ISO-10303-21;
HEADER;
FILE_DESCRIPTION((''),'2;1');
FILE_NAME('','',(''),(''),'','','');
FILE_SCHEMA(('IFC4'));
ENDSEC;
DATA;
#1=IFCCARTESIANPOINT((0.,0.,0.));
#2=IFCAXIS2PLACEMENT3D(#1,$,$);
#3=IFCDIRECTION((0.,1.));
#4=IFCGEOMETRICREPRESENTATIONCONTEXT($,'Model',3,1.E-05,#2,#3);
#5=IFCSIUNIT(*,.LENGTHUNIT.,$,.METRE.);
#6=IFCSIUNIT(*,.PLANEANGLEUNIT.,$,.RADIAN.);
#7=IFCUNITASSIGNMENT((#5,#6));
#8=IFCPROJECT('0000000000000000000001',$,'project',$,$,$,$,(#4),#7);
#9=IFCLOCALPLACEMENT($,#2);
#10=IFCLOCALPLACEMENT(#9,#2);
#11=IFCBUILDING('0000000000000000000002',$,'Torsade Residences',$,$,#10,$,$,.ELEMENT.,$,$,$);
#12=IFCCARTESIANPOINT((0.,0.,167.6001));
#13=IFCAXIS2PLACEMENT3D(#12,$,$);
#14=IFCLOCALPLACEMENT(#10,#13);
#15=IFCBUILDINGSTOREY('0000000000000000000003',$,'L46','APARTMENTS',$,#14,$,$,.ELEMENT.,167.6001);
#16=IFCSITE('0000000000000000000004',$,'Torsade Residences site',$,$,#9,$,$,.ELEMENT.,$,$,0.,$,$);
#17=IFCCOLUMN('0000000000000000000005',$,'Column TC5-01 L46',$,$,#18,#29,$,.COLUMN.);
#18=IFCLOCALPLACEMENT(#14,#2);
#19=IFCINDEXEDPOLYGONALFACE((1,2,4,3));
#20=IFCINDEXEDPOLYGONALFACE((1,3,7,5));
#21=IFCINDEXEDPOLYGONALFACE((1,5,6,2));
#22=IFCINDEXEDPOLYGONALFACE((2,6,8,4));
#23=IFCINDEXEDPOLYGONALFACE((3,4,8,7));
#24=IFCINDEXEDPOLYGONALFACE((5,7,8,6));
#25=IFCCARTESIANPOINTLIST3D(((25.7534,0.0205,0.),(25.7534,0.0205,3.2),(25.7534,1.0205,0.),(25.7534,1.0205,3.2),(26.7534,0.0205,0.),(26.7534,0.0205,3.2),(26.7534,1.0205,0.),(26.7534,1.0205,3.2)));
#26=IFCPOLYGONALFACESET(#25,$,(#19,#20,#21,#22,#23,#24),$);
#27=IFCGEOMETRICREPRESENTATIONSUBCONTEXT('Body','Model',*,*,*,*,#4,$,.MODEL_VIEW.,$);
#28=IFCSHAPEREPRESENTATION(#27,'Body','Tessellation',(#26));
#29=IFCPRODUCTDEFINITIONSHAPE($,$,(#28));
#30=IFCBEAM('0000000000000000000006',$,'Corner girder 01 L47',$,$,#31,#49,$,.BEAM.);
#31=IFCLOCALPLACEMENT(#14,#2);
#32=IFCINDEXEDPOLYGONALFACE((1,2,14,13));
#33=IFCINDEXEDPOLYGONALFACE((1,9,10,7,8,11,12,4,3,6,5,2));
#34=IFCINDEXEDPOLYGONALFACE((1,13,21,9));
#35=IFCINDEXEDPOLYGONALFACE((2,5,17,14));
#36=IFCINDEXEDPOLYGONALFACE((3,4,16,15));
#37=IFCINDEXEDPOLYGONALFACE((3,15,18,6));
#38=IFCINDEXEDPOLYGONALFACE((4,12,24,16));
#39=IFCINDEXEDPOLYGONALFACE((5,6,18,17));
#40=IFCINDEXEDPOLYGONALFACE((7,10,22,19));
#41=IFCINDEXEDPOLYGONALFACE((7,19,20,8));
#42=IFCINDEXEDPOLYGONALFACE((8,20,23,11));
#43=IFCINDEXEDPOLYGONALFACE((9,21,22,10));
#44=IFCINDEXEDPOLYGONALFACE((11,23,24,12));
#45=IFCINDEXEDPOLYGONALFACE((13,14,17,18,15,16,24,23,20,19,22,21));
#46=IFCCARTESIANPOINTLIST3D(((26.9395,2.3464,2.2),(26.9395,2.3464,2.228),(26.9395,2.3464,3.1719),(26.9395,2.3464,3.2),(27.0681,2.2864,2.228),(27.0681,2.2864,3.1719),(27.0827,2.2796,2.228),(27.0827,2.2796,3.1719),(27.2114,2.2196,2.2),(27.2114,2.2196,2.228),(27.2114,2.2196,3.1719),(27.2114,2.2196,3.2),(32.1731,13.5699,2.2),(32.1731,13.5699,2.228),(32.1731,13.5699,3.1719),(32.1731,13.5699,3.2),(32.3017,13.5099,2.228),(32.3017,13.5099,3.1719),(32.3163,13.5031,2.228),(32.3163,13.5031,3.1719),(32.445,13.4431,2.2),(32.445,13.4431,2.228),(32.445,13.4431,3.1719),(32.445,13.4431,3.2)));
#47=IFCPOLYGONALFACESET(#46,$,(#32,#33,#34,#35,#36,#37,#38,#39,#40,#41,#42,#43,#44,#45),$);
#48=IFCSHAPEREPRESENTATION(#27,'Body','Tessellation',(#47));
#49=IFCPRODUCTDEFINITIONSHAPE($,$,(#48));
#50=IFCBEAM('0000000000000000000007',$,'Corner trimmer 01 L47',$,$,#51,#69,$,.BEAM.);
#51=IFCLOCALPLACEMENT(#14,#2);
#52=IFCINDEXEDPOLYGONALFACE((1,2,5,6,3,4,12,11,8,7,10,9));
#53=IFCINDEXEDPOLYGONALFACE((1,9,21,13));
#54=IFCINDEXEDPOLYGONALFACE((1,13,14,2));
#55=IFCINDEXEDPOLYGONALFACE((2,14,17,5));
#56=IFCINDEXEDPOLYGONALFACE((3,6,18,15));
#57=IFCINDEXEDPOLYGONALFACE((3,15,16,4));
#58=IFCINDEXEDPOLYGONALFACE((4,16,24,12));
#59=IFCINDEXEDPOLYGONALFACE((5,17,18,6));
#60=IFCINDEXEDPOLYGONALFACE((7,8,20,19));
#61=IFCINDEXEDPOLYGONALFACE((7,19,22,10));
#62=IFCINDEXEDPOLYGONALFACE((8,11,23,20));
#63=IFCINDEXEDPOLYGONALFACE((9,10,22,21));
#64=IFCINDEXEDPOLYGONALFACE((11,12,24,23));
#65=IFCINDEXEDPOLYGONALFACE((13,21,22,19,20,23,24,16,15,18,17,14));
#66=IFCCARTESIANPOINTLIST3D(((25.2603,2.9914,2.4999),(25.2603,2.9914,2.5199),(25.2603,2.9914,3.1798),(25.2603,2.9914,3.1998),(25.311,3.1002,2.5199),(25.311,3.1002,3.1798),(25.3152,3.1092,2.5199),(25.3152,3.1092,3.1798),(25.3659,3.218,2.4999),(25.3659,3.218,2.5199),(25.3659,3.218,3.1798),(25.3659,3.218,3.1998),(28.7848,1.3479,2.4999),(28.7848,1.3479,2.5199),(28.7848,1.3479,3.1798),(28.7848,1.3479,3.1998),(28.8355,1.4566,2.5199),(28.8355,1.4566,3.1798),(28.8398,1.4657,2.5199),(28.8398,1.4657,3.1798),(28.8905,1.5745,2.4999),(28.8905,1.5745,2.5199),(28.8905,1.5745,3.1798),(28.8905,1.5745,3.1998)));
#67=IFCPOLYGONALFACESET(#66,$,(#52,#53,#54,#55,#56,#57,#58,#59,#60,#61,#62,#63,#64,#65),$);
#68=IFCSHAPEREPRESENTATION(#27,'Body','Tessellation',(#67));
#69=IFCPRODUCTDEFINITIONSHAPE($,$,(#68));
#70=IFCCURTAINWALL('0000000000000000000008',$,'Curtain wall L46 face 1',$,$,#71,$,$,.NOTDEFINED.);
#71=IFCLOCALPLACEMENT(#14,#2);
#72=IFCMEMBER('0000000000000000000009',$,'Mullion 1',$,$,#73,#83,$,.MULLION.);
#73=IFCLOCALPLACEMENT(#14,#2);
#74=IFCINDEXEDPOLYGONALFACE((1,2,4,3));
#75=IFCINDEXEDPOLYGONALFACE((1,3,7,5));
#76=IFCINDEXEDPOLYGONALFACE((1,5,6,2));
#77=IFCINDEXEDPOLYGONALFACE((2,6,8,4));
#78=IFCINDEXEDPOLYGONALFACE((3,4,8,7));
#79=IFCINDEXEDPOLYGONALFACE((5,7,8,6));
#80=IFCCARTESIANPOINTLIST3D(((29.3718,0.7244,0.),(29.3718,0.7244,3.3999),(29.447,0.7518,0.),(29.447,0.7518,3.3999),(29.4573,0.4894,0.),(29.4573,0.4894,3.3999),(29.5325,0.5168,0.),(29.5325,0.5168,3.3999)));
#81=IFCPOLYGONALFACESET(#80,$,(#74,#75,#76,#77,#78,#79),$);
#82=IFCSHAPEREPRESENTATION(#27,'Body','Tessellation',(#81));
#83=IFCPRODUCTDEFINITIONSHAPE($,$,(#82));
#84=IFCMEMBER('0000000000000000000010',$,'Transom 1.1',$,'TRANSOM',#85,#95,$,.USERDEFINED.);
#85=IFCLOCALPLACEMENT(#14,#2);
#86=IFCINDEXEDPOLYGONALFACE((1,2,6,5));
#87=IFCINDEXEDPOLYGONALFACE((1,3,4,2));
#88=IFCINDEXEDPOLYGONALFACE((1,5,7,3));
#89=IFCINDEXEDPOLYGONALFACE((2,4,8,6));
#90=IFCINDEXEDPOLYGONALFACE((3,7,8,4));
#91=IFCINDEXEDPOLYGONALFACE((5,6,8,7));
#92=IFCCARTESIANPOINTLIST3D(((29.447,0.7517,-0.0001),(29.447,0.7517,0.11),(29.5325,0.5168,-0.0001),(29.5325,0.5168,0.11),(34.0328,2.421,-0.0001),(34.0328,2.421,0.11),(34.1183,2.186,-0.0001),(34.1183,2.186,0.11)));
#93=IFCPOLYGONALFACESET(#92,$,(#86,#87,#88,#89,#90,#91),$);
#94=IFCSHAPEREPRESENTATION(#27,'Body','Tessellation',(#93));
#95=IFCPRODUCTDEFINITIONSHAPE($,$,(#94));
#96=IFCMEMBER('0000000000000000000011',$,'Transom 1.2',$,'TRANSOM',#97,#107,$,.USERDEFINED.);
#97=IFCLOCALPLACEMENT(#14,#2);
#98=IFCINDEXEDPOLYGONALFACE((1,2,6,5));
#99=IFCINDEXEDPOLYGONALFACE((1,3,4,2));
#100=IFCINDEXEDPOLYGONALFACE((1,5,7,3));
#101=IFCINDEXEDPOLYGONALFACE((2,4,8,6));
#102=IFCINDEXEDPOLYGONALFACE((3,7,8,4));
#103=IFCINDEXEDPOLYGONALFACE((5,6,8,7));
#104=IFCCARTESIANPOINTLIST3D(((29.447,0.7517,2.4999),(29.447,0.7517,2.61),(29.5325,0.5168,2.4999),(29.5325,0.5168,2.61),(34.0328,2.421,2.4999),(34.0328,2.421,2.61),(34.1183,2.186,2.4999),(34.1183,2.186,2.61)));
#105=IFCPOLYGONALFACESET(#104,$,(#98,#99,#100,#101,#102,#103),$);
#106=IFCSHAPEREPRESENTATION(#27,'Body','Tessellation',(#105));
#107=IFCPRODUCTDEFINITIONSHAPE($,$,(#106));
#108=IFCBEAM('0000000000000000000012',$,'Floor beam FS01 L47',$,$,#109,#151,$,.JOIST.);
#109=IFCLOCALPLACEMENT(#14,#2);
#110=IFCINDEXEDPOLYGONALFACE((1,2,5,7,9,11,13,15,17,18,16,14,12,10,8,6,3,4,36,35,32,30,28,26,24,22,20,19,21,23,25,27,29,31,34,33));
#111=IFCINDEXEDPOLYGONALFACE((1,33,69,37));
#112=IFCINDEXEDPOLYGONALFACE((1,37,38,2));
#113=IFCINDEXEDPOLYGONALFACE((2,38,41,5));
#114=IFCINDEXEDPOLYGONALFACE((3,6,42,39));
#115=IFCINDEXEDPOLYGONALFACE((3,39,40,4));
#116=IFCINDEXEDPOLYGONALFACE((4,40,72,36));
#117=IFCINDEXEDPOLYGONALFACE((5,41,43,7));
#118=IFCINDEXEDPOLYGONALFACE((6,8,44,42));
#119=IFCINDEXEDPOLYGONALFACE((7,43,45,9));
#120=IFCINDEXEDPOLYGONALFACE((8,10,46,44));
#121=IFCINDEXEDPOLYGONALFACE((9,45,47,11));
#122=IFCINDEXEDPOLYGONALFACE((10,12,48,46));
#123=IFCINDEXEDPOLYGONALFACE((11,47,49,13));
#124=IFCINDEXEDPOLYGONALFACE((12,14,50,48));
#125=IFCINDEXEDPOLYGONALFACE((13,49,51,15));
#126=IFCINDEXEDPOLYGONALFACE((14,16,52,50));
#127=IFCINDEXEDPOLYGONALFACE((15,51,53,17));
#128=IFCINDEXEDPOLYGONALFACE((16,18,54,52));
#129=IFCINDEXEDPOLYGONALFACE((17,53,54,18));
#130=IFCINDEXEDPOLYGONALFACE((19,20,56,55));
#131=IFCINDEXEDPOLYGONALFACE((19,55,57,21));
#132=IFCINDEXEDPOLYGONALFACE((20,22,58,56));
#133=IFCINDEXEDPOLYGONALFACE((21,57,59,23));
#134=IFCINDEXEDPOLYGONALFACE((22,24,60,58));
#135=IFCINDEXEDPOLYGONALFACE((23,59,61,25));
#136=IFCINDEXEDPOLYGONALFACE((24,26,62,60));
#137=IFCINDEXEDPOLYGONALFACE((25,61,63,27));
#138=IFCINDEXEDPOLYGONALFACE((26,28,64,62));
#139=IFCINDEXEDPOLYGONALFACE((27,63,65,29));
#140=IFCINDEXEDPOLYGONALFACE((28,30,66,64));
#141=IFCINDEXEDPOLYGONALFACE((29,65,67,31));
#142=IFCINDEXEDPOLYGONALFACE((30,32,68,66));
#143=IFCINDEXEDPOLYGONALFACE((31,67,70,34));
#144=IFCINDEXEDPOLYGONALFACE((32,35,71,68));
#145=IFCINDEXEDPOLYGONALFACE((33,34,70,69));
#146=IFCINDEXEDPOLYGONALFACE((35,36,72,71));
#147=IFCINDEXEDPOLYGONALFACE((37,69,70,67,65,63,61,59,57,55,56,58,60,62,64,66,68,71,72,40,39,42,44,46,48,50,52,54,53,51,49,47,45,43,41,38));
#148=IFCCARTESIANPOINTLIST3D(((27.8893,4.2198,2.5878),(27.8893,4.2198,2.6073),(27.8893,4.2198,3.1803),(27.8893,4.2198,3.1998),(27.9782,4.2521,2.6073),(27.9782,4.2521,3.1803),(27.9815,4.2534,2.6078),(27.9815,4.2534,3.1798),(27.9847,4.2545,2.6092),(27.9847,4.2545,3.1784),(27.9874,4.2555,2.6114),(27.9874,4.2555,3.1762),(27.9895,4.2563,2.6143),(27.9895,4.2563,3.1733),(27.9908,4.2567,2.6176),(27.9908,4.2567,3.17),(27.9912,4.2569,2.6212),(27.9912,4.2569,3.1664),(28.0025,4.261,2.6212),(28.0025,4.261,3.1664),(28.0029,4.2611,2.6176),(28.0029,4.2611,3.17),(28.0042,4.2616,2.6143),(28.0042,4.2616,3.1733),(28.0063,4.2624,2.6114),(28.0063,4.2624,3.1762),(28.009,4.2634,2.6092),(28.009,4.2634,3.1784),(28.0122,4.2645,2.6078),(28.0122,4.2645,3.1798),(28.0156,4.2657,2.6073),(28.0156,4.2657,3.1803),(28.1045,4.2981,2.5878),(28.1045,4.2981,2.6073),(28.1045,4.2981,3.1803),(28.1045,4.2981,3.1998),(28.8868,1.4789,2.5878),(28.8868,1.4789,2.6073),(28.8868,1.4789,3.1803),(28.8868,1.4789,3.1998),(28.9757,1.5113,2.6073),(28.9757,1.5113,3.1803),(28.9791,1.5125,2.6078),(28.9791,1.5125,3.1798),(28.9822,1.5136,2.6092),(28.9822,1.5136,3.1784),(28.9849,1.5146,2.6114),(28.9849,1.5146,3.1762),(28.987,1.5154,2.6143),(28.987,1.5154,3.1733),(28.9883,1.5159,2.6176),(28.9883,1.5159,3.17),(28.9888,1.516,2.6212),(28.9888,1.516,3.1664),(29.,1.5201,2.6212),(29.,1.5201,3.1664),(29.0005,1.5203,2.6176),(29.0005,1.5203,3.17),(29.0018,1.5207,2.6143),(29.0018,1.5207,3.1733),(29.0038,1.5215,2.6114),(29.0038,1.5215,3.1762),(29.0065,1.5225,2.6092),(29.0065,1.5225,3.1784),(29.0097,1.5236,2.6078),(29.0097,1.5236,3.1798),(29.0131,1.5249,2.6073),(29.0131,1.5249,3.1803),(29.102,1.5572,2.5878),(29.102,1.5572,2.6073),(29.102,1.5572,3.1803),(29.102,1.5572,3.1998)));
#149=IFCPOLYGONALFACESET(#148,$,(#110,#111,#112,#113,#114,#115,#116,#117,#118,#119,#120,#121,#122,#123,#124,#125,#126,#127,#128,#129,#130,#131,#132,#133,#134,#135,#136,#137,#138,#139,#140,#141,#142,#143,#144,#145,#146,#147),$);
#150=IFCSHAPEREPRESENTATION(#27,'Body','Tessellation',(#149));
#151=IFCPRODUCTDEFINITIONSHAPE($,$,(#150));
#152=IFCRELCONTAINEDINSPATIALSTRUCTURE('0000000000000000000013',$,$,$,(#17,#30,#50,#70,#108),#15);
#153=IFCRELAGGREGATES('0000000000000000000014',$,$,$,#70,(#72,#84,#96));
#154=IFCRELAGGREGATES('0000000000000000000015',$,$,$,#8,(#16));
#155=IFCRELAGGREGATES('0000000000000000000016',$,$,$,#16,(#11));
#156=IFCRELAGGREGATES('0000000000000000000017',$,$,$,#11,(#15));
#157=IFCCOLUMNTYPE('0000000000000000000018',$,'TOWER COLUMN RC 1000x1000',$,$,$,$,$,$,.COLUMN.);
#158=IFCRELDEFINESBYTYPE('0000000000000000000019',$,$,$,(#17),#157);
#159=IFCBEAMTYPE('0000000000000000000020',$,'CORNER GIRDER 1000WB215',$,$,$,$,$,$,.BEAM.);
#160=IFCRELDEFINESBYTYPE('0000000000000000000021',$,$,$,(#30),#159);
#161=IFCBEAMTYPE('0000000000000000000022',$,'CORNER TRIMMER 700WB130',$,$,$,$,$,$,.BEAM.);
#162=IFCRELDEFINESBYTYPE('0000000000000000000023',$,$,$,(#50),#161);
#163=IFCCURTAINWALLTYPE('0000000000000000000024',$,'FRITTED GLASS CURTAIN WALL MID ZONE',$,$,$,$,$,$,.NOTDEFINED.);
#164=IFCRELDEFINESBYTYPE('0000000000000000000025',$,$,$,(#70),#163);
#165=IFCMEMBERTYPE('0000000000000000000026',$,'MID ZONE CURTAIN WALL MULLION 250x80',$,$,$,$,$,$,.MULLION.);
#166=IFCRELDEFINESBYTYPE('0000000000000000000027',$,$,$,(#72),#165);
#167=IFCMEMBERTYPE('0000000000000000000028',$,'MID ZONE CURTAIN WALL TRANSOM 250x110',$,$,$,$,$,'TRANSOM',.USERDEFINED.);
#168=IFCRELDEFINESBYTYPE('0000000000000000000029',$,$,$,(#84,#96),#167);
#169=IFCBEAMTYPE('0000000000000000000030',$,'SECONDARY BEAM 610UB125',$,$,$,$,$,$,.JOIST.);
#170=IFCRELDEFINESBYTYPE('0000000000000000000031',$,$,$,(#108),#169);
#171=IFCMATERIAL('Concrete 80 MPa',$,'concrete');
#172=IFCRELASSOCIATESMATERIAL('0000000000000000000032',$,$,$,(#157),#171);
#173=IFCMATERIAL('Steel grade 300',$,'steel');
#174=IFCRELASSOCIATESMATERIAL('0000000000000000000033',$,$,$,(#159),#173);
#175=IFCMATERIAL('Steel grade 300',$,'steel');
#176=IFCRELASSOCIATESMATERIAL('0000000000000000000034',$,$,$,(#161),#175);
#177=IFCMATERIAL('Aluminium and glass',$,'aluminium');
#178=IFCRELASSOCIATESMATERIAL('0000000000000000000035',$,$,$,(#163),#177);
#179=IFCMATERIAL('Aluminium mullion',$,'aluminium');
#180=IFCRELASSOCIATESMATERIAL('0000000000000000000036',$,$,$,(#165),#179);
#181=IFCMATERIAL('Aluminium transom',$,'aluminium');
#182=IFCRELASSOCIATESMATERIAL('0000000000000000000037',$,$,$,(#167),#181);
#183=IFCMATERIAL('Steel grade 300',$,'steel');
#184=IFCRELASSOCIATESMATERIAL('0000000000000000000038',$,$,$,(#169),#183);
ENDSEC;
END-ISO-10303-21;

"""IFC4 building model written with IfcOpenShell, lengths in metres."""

from ifc_helpers import new_model, si_unit, direction, frame, origin, origin_2d, place, context, subcontext, project, spatial, rectangle, i_section, extrude, material, material_profile, profile_set, type_object, element, aggregate, save


model = new_model("IFC4")

# Units and contexts
model_context = context("Model", 3, precision=1e-05, world=origin(), true_north=direction((0.0, 1.0)))
body_context = subcontext(model_context, "Body", "Model", "MODEL_VIEW")
ifc_project = project(units=[si_unit("LENGTHUNIT", "METRE"), si_unit("PLANEANGLEUNIT", "RADIAN")], contexts=[model_context])

# Site, building, storey
site_placement = place(None, origin())
site = spatial("IfcSite", under=ifc_project, at=site_placement, Name="Torsade Residences site", CompositionType="ELEMENT", RefElevation=0.0)
building_placement = place(site_placement, origin())
building = spatial("IfcBuilding", under=site, at=building_placement, Name="Torsade Residences", CompositionType="ELEMENT")
storey_placement = place(building_placement, frame((0.0, 0.0, 167.6001)))
storey = spatial("IfcBuildingStorey", under=building, at=storey_placement, Name="L46", Description="APARTMENTS", CompositionType="ELEMENT", Elevation=167.6001)

# Column
ifc_material_1 = material(Name="Concrete 80 MPa", Category="concrete")
ifc_material_profile_1 = material_profile(ifc_material_1, rectangle(XDim=1.0, YDim=1.0, at=origin_2d()), Name="RC 1000x1000")
ifc_profile_set_1 = profile_set([ifc_material_profile_1], Name="Concrete 80 MPa")
column_type = type_object("IfcColumnType", Name="TOWER COLUMN RC 1000x1000", PredefinedType="COLUMN", material=ifc_profile_set_1)
column_placement = place(storey_placement, frame((26.2534, 0.5205, 0.0), z_axis=(0.0, 0.0, 1.0), x_axis=(1.0, 0.0, 0.0)))
element("IfcColumn", 1, at=column_placement, inside=storey, type_object=column_type, Name="Column TC5-01 L46", PredefinedType="COLUMN", context=body_context, shape_type="SweptSolid", body=[
    extrude(rectangle(XDim=1.0, YDim=1.0, at=origin_2d()), origin(), (0.0, 0.0, 1.0), 3.2),
])

# Beams
ifc_material_2 = material(Name="Steel grade 300", Category="steel")
ifc_material_profile_2 = material_profile(ifc_material_2, i_section(OverallWidth=0.3, OverallDepth=1.0, WebThickness=0.0161, FlangeThickness=0.0281, at=origin_2d()), Name="1000WB215")
ifc_profile_set_2 = profile_set([ifc_material_profile_2], Name="Steel grade 300")
beam_type_1 = type_object("IfcBeamType", Name="CORNER GIRDER 1000WB215", PredefinedType="BEAM", material=ifc_profile_set_2)
beam_1_placement = place(storey_placement, frame((27.0754, 2.283, 2.7), z_axis=(0.422617, 0.906309, 0.0), x_axis=(-0.906309, 0.422617, 0.0)))
element("IfcBeam", 2, at=beam_1_placement, inside=storey, type_object=beam_type_1, Name="Corner girder 01 L47", PredefinedType="BEAM", context=body_context, shape_type="SweptSolid", body=[
    extrude(i_section(OverallWidth=0.3, OverallDepth=1.0, WebThickness=0.0161, FlangeThickness=0.0281, at=origin_2d()), origin(), (0.0, 0.0, 1.0), 12.3838),
])
ifc_material_3 = material(Name="Steel grade 300", Category="steel")
ifc_material_profile_3 = material_profile(ifc_material_3, i_section(OverallWidth=0.25, OverallDepth=0.7, WebThickness=0.01, FlangeThickness=0.02, at=origin_2d()), Name="700WB130")
ifc_profile_set_3 = profile_set([ifc_material_profile_3], Name="Steel grade 300")
beam_type_2 = type_object("IfcBeamType", Name="CORNER TRIMMER 700WB130", PredefinedType="BEAM", material=ifc_profile_set_3)
beam_2_placement = place(storey_placement, frame((28.8376, 1.4612, 2.8499), z_axis=(-0.90631, 0.422614, 0.0), x_axis=(-0.422614, -0.90631, 0.0)))
element("IfcBeam", 3, at=beam_2_placement, inside=storey, type_object=beam_type_2, Name="Corner trimmer 01 L47", PredefinedType="BEAM", context=body_context, shape_type="SweptSolid", body=[
    extrude(i_section(OverallWidth=0.25, OverallDepth=0.7, WebThickness=0.01, FlangeThickness=0.02, at=origin_2d()), origin(), (0.0, 0.0, 1.0), 3.8889),
])

# Curtain wall, members
ifc_material_4 = material(Name="Aluminium and glass", Category="aluminium")
curtain_wall_type = type_object("IfcCurtainWallType", Name="FRITTED GLASS CURTAIN WALL MID ZONE", PredefinedType="NOTDEFINED", material=ifc_material_4)
curtain_wall_placement = place(storey_placement, origin())
curtain_wall = element("IfcCurtainWall", 4, at=curtain_wall_placement, inside=storey, type_object=curtain_wall_type, Name="Curtain wall L46 face 1", PredefinedType="NOTDEFINED")
ifc_material_5 = material(Name="Aluminium mullion", Category="aluminium")
ifc_material_profile_4 = material_profile(ifc_material_5, rectangle(XDim=0.25, YDim=0.0801, at=origin_2d()), Name="MID ZONE CURTAIN WALL MULLION 250x80")
ifc_profile_set_4 = profile_set([ifc_material_profile_4], Name="Aluminium mullion")
member_type_1 = type_object("IfcMemberType", Name="MID ZONE CURTAIN WALL MULLION 250x80", PredefinedType="MULLION", material=ifc_profile_set_4)
member_1_placement = place(storey_placement, frame((29.4521, 0.6206, 0.0), z_axis=(0.0, 0.0, 1.0), x_axis=(-0.34202, 0.939693, 0.0)))
member_1 = element("IfcMember", 5, at=member_1_placement, type_object=member_type_1, Name="Mullion 1", PredefinedType="MULLION", context=body_context, shape_type="SweptSolid", body=[
    extrude(rectangle(XDim=0.25, YDim=0.0801, at=origin_2d()), origin(), (0.0, 0.0, 1.0), 3.3999),
])
ifc_material_6 = material(Name="Aluminium transom", Category="aluminium")
ifc_material_profile_5 = material_profile(ifc_material_6, rectangle(XDim=0.25, YDim=0.1101, at=origin_2d()), Name="MID ZONE CURTAIN WALL TRANSOM 250x110")
ifc_profile_set_5 = profile_set([ifc_material_profile_5], Name="Aluminium transom")
member_type_2 = type_object("IfcMemberType", Name="MID ZONE CURTAIN WALL TRANSOM 250x110", ElementType="TRANSOM", PredefinedType="USERDEFINED", material=ifc_profile_set_5)
member_2_placement = place(storey_placement, frame((29.4897, 0.6343, 0.0549), z_axis=(0.939684, 0.342044, 0.0), x_axis=(-0.342044, 0.939684, 0.0)))
member_2 = element("IfcMember", 6, at=member_2_placement, type_object=member_type_2, Name="Transom 1.1", ObjectType="TRANSOM", PredefinedType="USERDEFINED", context=body_context, shape_type="SweptSolid", body=[
    extrude(rectangle(XDim=0.25, YDim=0.1101, at=origin_2d()), origin(), (0.0, 0.0, 1.0), 4.8801),
])
member_3_placement = place(storey_placement, frame((29.4897, 0.6343, 2.5549), z_axis=(0.939684, 0.342044, 0.0), x_axis=(-0.342044, 0.939684, 0.0)))
member_3 = element("IfcMember", 7, at=member_3_placement, type_object=member_type_2, Name="Transom 1.2", ObjectType="TRANSOM", PredefinedType="USERDEFINED", context=body_context, shape_type="SweptSolid", body=[
    extrude(rectangle(XDim=0.25, YDim=0.1101, at=origin_2d()), origin(), (0.0, 0.0, 1.0), 4.8801),
])
aggregate(curtain_wall, [member_1, member_2, member_3])

# Beam
ifc_material_7 = material(Name="Steel grade 300", Category="steel")
ifc_material_profile_6 = material_profile(ifc_material_7, i_section(OverallWidth=0.229, OverallDepth=0.6121, WebThickness=0.012, FlangeThickness=0.0195, FilletRadius=0.0139, at=origin_2d()), Name="610UB125")
ifc_profile_set_6 = profile_set([ifc_material_profile_6], Name="Steel grade 300")
beam_type_3 = type_object("IfcBeamType", Name="SECONDARY BEAM 610UB125", PredefinedType="JOIST", material=ifc_profile_set_6)
beam_3_placement = place(storey_placement, frame((28.9944, 1.5181, 2.8938), z_axis=(-0.341998, 0.939701, 0.0), x_axis=(-0.939701, -0.341998, 0.0)))
element("IfcBeam", 8, at=beam_3_placement, inside=storey, type_object=beam_type_3, Name="Floor beam FS01 L47", PredefinedType="JOIST", context=body_context, shape_type="SweptSolid", body=[
    extrude(i_section(OverallWidth=0.229, OverallDepth=0.6121, WebThickness=0.012, FlangeThickness=0.0195, FilletRadius=0.0139, at=origin_2d()), origin(), (0.0, 0.0, 1.0), 2.9167),
])

save(model, "model.ifc")
